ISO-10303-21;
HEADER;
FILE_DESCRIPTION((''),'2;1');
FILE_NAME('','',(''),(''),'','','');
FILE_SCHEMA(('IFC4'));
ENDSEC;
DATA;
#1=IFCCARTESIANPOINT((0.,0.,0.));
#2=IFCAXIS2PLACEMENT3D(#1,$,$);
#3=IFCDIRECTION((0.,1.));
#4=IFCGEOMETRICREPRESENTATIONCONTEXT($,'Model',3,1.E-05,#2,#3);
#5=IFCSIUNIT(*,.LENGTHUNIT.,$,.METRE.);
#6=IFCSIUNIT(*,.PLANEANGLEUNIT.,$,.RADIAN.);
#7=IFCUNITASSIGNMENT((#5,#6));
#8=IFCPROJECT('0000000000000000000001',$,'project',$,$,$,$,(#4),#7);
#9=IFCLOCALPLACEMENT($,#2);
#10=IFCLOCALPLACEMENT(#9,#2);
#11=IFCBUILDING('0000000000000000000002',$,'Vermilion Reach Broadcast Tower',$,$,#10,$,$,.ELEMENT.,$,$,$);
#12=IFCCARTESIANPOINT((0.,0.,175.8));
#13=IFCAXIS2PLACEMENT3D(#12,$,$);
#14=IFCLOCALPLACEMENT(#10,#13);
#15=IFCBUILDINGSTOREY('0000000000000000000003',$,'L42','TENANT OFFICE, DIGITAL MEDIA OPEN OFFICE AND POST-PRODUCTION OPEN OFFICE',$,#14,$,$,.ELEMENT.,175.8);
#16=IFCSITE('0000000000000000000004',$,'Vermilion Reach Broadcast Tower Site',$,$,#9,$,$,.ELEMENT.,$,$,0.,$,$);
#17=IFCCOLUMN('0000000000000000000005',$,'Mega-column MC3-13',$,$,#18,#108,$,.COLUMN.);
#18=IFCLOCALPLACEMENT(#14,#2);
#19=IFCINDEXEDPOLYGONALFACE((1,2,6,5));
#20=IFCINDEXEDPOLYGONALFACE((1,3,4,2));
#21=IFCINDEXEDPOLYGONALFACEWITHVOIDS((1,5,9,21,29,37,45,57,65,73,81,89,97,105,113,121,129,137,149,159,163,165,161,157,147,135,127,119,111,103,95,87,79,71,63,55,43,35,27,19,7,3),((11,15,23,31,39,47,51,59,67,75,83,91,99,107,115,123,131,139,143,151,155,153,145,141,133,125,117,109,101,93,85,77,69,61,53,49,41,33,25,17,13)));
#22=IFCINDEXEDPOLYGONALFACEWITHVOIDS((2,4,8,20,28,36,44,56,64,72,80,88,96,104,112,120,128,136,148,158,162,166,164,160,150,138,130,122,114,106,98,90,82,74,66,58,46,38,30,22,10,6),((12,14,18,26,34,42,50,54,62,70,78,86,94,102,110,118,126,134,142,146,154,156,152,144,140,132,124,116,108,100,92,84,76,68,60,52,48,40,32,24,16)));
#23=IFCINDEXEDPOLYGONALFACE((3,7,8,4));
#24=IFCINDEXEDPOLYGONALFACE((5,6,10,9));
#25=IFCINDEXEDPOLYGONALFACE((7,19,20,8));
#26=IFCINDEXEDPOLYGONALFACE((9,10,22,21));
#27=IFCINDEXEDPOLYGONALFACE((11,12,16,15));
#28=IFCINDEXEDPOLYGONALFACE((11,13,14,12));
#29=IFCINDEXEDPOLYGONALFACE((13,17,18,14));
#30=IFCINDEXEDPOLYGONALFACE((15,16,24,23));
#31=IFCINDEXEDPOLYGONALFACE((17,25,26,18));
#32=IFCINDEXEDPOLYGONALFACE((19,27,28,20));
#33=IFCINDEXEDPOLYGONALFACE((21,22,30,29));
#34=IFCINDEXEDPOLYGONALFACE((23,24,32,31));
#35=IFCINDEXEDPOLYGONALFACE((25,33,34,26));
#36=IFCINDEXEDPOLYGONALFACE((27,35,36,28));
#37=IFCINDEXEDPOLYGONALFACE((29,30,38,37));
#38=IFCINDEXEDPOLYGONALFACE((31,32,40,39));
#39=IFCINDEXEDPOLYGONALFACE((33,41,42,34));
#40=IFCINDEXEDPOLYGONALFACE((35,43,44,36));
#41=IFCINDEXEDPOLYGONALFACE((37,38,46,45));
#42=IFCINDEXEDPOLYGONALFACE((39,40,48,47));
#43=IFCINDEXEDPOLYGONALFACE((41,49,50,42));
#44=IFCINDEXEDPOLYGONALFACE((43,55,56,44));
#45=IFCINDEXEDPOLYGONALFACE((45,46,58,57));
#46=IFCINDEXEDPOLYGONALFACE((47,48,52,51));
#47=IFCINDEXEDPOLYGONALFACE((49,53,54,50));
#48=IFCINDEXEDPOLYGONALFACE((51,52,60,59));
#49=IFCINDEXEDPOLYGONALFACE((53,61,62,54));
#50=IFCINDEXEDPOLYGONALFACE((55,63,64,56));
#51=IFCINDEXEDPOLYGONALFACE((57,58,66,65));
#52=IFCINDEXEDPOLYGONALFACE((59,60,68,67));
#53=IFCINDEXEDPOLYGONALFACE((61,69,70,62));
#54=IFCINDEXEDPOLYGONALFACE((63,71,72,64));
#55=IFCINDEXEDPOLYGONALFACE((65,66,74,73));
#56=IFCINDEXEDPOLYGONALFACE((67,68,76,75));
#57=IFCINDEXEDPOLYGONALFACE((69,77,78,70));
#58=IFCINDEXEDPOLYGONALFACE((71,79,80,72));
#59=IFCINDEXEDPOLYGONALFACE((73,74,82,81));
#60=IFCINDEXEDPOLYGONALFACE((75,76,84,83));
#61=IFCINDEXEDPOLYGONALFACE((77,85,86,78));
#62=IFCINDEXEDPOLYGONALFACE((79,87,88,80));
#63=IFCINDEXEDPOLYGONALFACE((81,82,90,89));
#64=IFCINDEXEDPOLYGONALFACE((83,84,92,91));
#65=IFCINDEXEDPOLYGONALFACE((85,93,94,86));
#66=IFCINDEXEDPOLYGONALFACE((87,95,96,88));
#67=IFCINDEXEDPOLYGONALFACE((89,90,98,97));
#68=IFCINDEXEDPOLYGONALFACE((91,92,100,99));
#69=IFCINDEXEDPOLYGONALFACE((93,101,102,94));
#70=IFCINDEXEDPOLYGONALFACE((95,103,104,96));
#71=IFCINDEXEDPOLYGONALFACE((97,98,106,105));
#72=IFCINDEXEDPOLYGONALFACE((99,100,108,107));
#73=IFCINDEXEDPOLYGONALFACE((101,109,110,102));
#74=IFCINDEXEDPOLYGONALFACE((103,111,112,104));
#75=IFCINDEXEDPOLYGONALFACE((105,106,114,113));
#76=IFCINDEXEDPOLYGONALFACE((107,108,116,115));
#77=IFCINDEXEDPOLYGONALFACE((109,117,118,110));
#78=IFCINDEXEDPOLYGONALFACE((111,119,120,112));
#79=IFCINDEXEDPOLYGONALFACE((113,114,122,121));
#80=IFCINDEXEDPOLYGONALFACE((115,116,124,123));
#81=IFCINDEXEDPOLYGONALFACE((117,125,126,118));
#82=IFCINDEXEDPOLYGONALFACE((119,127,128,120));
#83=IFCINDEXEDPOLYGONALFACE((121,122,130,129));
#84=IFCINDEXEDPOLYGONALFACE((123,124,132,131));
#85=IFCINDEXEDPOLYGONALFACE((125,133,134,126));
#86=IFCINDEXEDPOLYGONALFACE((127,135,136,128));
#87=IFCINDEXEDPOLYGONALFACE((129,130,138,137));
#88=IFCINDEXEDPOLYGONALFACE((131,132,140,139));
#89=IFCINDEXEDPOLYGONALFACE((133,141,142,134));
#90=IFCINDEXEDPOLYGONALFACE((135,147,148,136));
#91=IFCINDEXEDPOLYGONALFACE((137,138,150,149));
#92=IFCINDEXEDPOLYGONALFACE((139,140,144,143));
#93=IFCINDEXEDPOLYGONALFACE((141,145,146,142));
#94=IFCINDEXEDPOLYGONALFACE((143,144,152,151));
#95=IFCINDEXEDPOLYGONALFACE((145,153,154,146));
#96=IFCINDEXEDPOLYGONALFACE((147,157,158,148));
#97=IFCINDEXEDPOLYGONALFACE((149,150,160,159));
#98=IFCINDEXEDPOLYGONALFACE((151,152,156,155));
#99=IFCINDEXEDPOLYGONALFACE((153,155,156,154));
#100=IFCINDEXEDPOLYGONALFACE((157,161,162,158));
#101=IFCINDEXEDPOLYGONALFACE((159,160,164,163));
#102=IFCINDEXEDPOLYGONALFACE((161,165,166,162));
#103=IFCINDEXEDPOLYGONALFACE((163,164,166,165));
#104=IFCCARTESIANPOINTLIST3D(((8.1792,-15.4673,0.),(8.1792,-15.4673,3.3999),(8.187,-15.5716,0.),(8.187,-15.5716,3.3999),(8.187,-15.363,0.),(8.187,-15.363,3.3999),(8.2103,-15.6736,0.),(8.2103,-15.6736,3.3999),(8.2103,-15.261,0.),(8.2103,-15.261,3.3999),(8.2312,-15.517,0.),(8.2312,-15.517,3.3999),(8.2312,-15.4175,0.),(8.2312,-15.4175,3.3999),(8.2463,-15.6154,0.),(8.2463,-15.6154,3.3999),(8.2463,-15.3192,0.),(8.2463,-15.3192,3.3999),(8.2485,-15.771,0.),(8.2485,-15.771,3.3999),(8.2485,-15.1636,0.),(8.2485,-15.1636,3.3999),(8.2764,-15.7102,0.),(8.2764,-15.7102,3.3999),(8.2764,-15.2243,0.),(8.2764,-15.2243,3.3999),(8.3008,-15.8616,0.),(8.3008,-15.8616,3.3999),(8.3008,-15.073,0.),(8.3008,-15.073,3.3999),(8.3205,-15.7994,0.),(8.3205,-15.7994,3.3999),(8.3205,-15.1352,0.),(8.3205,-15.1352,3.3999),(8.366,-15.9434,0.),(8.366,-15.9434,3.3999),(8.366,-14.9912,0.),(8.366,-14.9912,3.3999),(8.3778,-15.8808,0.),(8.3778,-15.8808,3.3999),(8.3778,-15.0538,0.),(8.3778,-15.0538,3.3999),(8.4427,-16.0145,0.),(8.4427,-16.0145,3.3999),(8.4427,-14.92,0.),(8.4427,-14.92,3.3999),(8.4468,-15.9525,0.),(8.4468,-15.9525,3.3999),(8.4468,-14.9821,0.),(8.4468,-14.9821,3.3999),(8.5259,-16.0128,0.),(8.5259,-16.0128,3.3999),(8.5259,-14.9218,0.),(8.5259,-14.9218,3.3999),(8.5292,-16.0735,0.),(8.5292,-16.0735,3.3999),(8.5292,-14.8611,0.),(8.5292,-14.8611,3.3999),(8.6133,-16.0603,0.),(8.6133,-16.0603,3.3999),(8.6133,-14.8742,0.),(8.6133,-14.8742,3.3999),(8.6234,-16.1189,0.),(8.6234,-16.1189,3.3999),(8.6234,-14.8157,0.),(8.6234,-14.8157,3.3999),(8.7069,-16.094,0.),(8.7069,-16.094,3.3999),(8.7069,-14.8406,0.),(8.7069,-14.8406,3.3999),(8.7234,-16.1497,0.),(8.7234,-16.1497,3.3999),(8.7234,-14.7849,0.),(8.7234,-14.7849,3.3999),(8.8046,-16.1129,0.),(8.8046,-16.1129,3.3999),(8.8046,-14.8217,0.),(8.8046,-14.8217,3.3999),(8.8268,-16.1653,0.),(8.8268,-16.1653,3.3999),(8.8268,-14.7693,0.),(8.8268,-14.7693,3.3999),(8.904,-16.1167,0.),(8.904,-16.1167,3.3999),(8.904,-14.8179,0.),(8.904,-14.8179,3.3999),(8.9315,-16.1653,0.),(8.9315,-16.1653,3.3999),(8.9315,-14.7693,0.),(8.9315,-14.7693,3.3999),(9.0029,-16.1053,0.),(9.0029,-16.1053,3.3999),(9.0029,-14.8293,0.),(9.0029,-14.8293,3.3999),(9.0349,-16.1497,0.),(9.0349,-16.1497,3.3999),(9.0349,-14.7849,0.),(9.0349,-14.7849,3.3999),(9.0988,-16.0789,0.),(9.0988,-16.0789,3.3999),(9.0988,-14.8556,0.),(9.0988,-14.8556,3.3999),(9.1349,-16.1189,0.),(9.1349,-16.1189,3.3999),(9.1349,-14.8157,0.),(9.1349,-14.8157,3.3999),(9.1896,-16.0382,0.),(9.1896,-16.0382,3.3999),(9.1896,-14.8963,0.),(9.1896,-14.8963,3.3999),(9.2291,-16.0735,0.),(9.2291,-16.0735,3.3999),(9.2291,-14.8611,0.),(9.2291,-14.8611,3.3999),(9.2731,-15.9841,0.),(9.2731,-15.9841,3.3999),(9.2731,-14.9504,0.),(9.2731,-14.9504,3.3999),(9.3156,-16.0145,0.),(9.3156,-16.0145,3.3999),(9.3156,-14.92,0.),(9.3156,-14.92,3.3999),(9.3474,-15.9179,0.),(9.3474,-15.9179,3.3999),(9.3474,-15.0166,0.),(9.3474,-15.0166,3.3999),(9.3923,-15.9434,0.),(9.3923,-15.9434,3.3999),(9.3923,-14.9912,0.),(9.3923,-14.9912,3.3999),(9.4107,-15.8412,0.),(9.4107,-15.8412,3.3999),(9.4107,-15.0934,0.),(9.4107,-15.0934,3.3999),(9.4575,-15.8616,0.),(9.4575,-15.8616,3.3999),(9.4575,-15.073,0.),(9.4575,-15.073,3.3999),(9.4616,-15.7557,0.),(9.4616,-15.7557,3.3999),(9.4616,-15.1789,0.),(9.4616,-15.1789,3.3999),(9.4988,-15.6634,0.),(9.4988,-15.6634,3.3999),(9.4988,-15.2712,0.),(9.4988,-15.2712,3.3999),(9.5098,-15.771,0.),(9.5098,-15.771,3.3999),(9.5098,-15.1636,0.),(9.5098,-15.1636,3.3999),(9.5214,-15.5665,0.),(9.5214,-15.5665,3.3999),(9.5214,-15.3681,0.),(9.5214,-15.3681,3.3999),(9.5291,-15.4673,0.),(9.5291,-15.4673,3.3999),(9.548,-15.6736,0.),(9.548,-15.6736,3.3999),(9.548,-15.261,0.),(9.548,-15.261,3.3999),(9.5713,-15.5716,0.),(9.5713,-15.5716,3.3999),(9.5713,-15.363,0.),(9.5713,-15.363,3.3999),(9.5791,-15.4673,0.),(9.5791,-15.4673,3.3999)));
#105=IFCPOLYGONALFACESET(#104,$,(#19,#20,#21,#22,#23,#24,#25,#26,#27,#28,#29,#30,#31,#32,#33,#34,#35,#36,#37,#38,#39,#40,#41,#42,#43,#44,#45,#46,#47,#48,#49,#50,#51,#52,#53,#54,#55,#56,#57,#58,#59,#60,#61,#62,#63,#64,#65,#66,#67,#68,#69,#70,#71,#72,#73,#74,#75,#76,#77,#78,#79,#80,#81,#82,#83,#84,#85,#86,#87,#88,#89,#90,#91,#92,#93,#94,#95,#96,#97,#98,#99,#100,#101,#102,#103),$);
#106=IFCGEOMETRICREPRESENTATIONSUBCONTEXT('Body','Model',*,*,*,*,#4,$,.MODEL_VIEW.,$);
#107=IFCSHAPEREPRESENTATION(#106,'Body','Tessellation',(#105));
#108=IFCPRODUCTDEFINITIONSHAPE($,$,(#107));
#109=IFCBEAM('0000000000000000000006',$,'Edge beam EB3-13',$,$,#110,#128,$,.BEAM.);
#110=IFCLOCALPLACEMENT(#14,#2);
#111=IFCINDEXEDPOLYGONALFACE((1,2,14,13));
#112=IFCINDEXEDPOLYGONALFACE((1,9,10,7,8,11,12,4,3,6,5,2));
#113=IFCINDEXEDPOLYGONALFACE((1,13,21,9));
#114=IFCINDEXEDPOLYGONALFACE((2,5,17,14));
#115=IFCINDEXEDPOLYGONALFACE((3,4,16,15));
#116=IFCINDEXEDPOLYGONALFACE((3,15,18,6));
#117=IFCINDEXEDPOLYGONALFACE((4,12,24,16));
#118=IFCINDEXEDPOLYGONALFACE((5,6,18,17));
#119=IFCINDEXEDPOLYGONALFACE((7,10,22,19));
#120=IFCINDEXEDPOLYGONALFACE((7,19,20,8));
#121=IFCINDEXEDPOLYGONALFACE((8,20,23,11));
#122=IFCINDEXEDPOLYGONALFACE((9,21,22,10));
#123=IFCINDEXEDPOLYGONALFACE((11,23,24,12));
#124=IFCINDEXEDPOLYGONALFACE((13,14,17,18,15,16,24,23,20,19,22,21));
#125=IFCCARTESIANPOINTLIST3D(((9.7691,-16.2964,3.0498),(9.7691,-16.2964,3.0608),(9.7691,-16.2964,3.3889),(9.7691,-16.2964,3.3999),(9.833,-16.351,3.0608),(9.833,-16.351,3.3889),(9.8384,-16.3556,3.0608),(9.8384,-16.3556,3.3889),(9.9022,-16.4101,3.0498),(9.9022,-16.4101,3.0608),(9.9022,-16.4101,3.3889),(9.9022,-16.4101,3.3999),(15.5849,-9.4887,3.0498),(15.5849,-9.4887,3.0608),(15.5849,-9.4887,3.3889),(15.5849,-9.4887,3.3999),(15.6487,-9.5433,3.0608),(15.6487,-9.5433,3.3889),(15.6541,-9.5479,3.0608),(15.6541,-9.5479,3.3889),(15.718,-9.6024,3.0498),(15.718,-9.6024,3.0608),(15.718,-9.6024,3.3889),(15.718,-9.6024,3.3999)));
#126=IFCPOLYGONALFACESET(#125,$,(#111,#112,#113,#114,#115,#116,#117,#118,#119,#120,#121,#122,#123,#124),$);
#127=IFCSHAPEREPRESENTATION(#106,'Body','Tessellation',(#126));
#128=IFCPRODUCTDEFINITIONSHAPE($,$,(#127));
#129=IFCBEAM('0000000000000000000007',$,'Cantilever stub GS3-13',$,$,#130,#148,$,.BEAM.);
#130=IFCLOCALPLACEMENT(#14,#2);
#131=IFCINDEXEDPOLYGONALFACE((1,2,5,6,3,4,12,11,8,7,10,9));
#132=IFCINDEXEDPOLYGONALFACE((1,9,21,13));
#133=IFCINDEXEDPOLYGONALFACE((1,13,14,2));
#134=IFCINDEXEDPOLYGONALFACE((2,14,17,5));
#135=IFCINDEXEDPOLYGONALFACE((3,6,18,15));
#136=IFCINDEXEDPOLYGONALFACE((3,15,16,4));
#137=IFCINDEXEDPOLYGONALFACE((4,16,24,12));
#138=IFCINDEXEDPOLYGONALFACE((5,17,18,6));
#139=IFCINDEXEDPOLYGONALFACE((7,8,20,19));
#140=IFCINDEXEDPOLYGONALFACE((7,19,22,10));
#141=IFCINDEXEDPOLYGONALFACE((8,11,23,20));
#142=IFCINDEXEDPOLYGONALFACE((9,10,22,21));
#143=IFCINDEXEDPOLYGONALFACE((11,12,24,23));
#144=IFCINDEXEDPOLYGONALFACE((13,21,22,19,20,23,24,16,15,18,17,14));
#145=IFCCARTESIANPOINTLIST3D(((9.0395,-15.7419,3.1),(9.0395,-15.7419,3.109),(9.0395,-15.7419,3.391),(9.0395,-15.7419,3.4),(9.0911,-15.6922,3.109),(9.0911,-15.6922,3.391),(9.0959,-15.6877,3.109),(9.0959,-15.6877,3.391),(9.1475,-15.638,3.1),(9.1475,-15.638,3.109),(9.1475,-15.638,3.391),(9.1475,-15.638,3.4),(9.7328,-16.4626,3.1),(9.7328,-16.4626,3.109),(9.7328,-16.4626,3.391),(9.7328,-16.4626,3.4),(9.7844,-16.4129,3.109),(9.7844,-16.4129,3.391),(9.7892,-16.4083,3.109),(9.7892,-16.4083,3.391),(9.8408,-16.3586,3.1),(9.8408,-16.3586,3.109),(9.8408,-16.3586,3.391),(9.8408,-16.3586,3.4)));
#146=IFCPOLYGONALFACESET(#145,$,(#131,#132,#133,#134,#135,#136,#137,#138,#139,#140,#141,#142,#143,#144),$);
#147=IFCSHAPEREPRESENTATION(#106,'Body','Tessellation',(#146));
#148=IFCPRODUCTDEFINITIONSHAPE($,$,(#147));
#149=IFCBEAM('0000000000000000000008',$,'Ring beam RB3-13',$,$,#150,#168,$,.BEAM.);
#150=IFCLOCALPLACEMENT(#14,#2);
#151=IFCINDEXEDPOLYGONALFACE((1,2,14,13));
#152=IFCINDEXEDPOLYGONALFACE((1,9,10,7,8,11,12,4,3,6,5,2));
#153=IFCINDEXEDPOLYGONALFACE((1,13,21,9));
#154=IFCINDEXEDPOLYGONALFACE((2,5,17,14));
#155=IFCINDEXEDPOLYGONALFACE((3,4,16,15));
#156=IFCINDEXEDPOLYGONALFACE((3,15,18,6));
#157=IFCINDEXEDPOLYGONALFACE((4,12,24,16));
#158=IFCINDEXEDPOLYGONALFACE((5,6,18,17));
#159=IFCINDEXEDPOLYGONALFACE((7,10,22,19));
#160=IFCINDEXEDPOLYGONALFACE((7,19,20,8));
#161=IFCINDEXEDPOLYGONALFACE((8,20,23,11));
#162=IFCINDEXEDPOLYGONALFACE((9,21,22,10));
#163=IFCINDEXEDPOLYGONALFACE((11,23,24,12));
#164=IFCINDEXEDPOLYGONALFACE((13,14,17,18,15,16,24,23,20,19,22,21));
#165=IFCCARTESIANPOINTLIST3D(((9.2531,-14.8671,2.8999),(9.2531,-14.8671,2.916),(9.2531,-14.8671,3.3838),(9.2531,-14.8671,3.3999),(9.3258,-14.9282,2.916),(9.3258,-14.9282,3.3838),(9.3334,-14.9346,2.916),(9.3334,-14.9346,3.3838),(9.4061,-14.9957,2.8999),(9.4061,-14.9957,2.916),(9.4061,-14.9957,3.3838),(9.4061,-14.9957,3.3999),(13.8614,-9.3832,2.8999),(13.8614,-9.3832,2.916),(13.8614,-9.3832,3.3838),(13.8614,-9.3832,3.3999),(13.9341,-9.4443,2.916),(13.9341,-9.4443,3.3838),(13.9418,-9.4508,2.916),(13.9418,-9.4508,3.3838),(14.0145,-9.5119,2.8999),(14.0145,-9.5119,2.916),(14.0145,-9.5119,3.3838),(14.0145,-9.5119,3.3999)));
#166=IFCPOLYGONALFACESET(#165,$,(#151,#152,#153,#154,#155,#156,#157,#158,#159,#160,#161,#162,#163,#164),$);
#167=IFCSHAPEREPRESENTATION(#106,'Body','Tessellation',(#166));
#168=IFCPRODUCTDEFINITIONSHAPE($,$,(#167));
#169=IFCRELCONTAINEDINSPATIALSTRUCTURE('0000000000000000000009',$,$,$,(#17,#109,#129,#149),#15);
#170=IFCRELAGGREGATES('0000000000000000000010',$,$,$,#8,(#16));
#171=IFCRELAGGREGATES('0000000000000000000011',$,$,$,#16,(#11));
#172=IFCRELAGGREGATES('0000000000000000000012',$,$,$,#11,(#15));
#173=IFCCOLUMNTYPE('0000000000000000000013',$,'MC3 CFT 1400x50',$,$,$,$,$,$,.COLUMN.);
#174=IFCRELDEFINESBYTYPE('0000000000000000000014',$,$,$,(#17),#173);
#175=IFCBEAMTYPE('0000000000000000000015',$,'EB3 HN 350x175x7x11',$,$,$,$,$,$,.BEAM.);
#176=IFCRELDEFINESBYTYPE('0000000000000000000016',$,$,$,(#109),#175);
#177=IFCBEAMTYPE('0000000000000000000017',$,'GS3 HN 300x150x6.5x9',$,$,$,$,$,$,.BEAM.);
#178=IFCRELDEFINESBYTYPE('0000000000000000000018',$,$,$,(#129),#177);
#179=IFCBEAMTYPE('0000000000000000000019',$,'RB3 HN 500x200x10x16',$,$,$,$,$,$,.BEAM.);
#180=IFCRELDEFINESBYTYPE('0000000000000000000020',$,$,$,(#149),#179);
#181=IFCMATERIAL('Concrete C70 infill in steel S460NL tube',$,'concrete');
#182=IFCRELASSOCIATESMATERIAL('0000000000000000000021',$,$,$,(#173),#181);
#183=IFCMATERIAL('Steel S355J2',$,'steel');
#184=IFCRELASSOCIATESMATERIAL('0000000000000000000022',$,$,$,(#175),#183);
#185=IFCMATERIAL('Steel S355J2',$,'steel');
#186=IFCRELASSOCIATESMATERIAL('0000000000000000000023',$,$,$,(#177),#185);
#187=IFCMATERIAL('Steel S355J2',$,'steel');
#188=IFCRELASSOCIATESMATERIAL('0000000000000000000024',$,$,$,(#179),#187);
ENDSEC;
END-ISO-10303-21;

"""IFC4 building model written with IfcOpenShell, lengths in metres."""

from ifc_helpers import new_model, si_unit, direction, frame, origin, origin_2d, place, context, subcontext, project, spatial, hollow_circle, i_section, extrude, material, material_profile, profile_set, type_object, element, save


model = new_model("IFC4")

# Units and contexts
model_context = context("Model", 3, precision=1e-05, world=origin(), true_north=direction((0.0, 1.0)))
body_context = subcontext(model_context, "Body", "Model", "MODEL_VIEW")
ifc_project = project(units=[si_unit("LENGTHUNIT", "METRE"), si_unit("PLANEANGLEUNIT", "RADIAN")], contexts=[model_context])

# Site, building, storey
site_placement = place(None, origin())
site = spatial("IfcSite", under=ifc_project, at=site_placement, Name="Vermilion Reach Broadcast Tower Site", CompositionType="ELEMENT", RefElevation=0.0)
building_placement = place(site_placement, origin())
building = spatial("IfcBuilding", under=site, at=building_placement, Name="Vermilion Reach Broadcast Tower", CompositionType="ELEMENT")
storey_placement = place(building_placement, frame((0.0, 0.0, 175.8)))
storey = spatial("IfcBuildingStorey", under=building, at=storey_placement, Name="L42", Description="TENANT OFFICE, DIGITAL MEDIA OPEN OFFICE AND POST-PRODUCTION OPEN OFFICE", CompositionType="ELEMENT", Elevation=175.8)

# Column
ifc_material_1 = material(Name="Concrete C70 infill in steel S460NL tube", Category="concrete")
ifc_material_profile_1 = material_profile(ifc_material_1, hollow_circle(Radius=0.7, WallThickness=0.05, at=origin_2d()), Name="Concrete C70 infill in steel S460NL tube CFT 1400x50")
ifc_profile_set_1 = profile_set([ifc_material_profile_1], Name="Concrete C70 infill in steel S460NL tube")
column_type = type_object("IfcColumnType", Name="MC3 CFT 1400x50", PredefinedType="COLUMN", material=ifc_profile_set_1)
column_placement = place(storey_placement, frame((8.8792, -15.4673, 0.0), z_axis=(0.0, 0.0, 1.0), x_axis=(1.0, 0.0, 0.0)))
element("IfcColumn", 1, at=column_placement, inside=storey, type_object=column_type, Name="Mega-column MC3-13", PredefinedType="COLUMN", context=body_context, shape_type="SweptSolid", body=[
    extrude(hollow_circle(Radius=0.7, WallThickness=0.05, at=origin_2d()), origin(), (0.0, 0.0, 1.0), 3.3999),
])

# Beams
ifc_material_2 = material(Name="Steel S355J2", Category="steel")
ifc_material_profile_2 = material_profile(ifc_material_2, i_section(OverallWidth=0.175, OverallDepth=0.3501, WebThickness=0.0071, FlangeThickness=0.011, at=origin_2d()), Name="S355J2 HN 350x175x7x11")
ifc_profile_set_2 = profile_set([ifc_material_profile_2], Name="Steel S355J2")
beam_type_1 = type_object("IfcBeamType", Name="EB3 HN 350x175x7x11", PredefinedType="BEAM", material=ifc_profile_set_2)
beam_1_placement = place(storey_placement, frame((9.8357, -16.3533, 3.2249), z_axis=(0.64954, 0.760328, 0.0), x_axis=(-0.760328, 0.64954, 0.0)))
element("IfcBeam", 2, at=beam_1_placement, inside=storey, type_object=beam_type_1, Name="Edge beam EB3-13", PredefinedType="BEAM", context=body_context, shape_type="SweptSolid", body=[
    extrude(i_section(OverallWidth=0.175, OverallDepth=0.3501, WebThickness=0.0071, FlangeThickness=0.011, at=origin_2d()), origin(), (0.0, 0.0, 1.0), 8.9536),
])
ifc_material_3 = material(Name="Steel S355J2", Category="steel")
ifc_material_profile_3 = material_profile(ifc_material_3, i_section(OverallWidth=0.1499, OverallDepth=0.3, WebThickness=0.0066, FlangeThickness=0.009, at=origin_2d()), Name="S355J2 HN 300x150x6.5x9")
ifc_profile_set_3 = profile_set([ifc_material_profile_3], Name="Steel S355J2")
beam_type_2 = type_object("IfcBeamType", Name="GS3 HN 300x150x6.5x9", PredefinedType="BEAM", material=ifc_profile_set_3)
beam_2_placement = place(storey_placement, frame((9.0935, -15.6899, 3.25), z_axis=(0.693304, -0.720645, 0.0), x_axis=(0.720645, 0.693304, 0.0)))
element("IfcBeam", 3, at=beam_2_placement, inside=storey, type_object=beam_type_2, Name="Cantilever stub GS3-13", PredefinedType="BEAM", context=body_context, shape_type="SweptSolid", body=[
    extrude(i_section(OverallWidth=0.1499, OverallDepth=0.3, WebThickness=0.0066, FlangeThickness=0.009, at=origin_2d()), origin(), (0.0, 0.0, 1.0), 1.0),
])
ifc_material_4 = material(Name="Steel S355J2", Category="steel")
ifc_material_profile_4 = material_profile(ifc_material_4, i_section(OverallWidth=0.2, OverallDepth=0.5, WebThickness=0.01, FlangeThickness=0.0161, at=origin_2d()), Name="S355J2 HN 500x200x10x16")
ifc_profile_set_4 = profile_set([ifc_material_profile_4], Name="Steel S355J2")
beam_type_3 = type_object("IfcBeamType", Name="RB3 HN 500x200x10x16", PredefinedType="BEAM", material=ifc_profile_set_4)
beam_3_placement = place(storey_placement, frame((9.3296, -14.9314, 3.1499), z_axis=(0.64335, 0.765572, 0.0), x_axis=(-0.765572, 0.64335, 0.0)))
element("IfcBeam", 4, at=beam_3_placement, inside=storey, type_object=beam_type_3, Name="Ring beam RB3-13", PredefinedType="BEAM", context=body_context, shape_type="SweptSolid", body=[
    extrude(i_section(OverallWidth=0.2, OverallDepth=0.5, WebThickness=0.01, FlangeThickness=0.0161, at=origin_2d()), origin(), (0.0, 0.0, 1.0), 7.1631),
])

save(model, "model.ifc")
